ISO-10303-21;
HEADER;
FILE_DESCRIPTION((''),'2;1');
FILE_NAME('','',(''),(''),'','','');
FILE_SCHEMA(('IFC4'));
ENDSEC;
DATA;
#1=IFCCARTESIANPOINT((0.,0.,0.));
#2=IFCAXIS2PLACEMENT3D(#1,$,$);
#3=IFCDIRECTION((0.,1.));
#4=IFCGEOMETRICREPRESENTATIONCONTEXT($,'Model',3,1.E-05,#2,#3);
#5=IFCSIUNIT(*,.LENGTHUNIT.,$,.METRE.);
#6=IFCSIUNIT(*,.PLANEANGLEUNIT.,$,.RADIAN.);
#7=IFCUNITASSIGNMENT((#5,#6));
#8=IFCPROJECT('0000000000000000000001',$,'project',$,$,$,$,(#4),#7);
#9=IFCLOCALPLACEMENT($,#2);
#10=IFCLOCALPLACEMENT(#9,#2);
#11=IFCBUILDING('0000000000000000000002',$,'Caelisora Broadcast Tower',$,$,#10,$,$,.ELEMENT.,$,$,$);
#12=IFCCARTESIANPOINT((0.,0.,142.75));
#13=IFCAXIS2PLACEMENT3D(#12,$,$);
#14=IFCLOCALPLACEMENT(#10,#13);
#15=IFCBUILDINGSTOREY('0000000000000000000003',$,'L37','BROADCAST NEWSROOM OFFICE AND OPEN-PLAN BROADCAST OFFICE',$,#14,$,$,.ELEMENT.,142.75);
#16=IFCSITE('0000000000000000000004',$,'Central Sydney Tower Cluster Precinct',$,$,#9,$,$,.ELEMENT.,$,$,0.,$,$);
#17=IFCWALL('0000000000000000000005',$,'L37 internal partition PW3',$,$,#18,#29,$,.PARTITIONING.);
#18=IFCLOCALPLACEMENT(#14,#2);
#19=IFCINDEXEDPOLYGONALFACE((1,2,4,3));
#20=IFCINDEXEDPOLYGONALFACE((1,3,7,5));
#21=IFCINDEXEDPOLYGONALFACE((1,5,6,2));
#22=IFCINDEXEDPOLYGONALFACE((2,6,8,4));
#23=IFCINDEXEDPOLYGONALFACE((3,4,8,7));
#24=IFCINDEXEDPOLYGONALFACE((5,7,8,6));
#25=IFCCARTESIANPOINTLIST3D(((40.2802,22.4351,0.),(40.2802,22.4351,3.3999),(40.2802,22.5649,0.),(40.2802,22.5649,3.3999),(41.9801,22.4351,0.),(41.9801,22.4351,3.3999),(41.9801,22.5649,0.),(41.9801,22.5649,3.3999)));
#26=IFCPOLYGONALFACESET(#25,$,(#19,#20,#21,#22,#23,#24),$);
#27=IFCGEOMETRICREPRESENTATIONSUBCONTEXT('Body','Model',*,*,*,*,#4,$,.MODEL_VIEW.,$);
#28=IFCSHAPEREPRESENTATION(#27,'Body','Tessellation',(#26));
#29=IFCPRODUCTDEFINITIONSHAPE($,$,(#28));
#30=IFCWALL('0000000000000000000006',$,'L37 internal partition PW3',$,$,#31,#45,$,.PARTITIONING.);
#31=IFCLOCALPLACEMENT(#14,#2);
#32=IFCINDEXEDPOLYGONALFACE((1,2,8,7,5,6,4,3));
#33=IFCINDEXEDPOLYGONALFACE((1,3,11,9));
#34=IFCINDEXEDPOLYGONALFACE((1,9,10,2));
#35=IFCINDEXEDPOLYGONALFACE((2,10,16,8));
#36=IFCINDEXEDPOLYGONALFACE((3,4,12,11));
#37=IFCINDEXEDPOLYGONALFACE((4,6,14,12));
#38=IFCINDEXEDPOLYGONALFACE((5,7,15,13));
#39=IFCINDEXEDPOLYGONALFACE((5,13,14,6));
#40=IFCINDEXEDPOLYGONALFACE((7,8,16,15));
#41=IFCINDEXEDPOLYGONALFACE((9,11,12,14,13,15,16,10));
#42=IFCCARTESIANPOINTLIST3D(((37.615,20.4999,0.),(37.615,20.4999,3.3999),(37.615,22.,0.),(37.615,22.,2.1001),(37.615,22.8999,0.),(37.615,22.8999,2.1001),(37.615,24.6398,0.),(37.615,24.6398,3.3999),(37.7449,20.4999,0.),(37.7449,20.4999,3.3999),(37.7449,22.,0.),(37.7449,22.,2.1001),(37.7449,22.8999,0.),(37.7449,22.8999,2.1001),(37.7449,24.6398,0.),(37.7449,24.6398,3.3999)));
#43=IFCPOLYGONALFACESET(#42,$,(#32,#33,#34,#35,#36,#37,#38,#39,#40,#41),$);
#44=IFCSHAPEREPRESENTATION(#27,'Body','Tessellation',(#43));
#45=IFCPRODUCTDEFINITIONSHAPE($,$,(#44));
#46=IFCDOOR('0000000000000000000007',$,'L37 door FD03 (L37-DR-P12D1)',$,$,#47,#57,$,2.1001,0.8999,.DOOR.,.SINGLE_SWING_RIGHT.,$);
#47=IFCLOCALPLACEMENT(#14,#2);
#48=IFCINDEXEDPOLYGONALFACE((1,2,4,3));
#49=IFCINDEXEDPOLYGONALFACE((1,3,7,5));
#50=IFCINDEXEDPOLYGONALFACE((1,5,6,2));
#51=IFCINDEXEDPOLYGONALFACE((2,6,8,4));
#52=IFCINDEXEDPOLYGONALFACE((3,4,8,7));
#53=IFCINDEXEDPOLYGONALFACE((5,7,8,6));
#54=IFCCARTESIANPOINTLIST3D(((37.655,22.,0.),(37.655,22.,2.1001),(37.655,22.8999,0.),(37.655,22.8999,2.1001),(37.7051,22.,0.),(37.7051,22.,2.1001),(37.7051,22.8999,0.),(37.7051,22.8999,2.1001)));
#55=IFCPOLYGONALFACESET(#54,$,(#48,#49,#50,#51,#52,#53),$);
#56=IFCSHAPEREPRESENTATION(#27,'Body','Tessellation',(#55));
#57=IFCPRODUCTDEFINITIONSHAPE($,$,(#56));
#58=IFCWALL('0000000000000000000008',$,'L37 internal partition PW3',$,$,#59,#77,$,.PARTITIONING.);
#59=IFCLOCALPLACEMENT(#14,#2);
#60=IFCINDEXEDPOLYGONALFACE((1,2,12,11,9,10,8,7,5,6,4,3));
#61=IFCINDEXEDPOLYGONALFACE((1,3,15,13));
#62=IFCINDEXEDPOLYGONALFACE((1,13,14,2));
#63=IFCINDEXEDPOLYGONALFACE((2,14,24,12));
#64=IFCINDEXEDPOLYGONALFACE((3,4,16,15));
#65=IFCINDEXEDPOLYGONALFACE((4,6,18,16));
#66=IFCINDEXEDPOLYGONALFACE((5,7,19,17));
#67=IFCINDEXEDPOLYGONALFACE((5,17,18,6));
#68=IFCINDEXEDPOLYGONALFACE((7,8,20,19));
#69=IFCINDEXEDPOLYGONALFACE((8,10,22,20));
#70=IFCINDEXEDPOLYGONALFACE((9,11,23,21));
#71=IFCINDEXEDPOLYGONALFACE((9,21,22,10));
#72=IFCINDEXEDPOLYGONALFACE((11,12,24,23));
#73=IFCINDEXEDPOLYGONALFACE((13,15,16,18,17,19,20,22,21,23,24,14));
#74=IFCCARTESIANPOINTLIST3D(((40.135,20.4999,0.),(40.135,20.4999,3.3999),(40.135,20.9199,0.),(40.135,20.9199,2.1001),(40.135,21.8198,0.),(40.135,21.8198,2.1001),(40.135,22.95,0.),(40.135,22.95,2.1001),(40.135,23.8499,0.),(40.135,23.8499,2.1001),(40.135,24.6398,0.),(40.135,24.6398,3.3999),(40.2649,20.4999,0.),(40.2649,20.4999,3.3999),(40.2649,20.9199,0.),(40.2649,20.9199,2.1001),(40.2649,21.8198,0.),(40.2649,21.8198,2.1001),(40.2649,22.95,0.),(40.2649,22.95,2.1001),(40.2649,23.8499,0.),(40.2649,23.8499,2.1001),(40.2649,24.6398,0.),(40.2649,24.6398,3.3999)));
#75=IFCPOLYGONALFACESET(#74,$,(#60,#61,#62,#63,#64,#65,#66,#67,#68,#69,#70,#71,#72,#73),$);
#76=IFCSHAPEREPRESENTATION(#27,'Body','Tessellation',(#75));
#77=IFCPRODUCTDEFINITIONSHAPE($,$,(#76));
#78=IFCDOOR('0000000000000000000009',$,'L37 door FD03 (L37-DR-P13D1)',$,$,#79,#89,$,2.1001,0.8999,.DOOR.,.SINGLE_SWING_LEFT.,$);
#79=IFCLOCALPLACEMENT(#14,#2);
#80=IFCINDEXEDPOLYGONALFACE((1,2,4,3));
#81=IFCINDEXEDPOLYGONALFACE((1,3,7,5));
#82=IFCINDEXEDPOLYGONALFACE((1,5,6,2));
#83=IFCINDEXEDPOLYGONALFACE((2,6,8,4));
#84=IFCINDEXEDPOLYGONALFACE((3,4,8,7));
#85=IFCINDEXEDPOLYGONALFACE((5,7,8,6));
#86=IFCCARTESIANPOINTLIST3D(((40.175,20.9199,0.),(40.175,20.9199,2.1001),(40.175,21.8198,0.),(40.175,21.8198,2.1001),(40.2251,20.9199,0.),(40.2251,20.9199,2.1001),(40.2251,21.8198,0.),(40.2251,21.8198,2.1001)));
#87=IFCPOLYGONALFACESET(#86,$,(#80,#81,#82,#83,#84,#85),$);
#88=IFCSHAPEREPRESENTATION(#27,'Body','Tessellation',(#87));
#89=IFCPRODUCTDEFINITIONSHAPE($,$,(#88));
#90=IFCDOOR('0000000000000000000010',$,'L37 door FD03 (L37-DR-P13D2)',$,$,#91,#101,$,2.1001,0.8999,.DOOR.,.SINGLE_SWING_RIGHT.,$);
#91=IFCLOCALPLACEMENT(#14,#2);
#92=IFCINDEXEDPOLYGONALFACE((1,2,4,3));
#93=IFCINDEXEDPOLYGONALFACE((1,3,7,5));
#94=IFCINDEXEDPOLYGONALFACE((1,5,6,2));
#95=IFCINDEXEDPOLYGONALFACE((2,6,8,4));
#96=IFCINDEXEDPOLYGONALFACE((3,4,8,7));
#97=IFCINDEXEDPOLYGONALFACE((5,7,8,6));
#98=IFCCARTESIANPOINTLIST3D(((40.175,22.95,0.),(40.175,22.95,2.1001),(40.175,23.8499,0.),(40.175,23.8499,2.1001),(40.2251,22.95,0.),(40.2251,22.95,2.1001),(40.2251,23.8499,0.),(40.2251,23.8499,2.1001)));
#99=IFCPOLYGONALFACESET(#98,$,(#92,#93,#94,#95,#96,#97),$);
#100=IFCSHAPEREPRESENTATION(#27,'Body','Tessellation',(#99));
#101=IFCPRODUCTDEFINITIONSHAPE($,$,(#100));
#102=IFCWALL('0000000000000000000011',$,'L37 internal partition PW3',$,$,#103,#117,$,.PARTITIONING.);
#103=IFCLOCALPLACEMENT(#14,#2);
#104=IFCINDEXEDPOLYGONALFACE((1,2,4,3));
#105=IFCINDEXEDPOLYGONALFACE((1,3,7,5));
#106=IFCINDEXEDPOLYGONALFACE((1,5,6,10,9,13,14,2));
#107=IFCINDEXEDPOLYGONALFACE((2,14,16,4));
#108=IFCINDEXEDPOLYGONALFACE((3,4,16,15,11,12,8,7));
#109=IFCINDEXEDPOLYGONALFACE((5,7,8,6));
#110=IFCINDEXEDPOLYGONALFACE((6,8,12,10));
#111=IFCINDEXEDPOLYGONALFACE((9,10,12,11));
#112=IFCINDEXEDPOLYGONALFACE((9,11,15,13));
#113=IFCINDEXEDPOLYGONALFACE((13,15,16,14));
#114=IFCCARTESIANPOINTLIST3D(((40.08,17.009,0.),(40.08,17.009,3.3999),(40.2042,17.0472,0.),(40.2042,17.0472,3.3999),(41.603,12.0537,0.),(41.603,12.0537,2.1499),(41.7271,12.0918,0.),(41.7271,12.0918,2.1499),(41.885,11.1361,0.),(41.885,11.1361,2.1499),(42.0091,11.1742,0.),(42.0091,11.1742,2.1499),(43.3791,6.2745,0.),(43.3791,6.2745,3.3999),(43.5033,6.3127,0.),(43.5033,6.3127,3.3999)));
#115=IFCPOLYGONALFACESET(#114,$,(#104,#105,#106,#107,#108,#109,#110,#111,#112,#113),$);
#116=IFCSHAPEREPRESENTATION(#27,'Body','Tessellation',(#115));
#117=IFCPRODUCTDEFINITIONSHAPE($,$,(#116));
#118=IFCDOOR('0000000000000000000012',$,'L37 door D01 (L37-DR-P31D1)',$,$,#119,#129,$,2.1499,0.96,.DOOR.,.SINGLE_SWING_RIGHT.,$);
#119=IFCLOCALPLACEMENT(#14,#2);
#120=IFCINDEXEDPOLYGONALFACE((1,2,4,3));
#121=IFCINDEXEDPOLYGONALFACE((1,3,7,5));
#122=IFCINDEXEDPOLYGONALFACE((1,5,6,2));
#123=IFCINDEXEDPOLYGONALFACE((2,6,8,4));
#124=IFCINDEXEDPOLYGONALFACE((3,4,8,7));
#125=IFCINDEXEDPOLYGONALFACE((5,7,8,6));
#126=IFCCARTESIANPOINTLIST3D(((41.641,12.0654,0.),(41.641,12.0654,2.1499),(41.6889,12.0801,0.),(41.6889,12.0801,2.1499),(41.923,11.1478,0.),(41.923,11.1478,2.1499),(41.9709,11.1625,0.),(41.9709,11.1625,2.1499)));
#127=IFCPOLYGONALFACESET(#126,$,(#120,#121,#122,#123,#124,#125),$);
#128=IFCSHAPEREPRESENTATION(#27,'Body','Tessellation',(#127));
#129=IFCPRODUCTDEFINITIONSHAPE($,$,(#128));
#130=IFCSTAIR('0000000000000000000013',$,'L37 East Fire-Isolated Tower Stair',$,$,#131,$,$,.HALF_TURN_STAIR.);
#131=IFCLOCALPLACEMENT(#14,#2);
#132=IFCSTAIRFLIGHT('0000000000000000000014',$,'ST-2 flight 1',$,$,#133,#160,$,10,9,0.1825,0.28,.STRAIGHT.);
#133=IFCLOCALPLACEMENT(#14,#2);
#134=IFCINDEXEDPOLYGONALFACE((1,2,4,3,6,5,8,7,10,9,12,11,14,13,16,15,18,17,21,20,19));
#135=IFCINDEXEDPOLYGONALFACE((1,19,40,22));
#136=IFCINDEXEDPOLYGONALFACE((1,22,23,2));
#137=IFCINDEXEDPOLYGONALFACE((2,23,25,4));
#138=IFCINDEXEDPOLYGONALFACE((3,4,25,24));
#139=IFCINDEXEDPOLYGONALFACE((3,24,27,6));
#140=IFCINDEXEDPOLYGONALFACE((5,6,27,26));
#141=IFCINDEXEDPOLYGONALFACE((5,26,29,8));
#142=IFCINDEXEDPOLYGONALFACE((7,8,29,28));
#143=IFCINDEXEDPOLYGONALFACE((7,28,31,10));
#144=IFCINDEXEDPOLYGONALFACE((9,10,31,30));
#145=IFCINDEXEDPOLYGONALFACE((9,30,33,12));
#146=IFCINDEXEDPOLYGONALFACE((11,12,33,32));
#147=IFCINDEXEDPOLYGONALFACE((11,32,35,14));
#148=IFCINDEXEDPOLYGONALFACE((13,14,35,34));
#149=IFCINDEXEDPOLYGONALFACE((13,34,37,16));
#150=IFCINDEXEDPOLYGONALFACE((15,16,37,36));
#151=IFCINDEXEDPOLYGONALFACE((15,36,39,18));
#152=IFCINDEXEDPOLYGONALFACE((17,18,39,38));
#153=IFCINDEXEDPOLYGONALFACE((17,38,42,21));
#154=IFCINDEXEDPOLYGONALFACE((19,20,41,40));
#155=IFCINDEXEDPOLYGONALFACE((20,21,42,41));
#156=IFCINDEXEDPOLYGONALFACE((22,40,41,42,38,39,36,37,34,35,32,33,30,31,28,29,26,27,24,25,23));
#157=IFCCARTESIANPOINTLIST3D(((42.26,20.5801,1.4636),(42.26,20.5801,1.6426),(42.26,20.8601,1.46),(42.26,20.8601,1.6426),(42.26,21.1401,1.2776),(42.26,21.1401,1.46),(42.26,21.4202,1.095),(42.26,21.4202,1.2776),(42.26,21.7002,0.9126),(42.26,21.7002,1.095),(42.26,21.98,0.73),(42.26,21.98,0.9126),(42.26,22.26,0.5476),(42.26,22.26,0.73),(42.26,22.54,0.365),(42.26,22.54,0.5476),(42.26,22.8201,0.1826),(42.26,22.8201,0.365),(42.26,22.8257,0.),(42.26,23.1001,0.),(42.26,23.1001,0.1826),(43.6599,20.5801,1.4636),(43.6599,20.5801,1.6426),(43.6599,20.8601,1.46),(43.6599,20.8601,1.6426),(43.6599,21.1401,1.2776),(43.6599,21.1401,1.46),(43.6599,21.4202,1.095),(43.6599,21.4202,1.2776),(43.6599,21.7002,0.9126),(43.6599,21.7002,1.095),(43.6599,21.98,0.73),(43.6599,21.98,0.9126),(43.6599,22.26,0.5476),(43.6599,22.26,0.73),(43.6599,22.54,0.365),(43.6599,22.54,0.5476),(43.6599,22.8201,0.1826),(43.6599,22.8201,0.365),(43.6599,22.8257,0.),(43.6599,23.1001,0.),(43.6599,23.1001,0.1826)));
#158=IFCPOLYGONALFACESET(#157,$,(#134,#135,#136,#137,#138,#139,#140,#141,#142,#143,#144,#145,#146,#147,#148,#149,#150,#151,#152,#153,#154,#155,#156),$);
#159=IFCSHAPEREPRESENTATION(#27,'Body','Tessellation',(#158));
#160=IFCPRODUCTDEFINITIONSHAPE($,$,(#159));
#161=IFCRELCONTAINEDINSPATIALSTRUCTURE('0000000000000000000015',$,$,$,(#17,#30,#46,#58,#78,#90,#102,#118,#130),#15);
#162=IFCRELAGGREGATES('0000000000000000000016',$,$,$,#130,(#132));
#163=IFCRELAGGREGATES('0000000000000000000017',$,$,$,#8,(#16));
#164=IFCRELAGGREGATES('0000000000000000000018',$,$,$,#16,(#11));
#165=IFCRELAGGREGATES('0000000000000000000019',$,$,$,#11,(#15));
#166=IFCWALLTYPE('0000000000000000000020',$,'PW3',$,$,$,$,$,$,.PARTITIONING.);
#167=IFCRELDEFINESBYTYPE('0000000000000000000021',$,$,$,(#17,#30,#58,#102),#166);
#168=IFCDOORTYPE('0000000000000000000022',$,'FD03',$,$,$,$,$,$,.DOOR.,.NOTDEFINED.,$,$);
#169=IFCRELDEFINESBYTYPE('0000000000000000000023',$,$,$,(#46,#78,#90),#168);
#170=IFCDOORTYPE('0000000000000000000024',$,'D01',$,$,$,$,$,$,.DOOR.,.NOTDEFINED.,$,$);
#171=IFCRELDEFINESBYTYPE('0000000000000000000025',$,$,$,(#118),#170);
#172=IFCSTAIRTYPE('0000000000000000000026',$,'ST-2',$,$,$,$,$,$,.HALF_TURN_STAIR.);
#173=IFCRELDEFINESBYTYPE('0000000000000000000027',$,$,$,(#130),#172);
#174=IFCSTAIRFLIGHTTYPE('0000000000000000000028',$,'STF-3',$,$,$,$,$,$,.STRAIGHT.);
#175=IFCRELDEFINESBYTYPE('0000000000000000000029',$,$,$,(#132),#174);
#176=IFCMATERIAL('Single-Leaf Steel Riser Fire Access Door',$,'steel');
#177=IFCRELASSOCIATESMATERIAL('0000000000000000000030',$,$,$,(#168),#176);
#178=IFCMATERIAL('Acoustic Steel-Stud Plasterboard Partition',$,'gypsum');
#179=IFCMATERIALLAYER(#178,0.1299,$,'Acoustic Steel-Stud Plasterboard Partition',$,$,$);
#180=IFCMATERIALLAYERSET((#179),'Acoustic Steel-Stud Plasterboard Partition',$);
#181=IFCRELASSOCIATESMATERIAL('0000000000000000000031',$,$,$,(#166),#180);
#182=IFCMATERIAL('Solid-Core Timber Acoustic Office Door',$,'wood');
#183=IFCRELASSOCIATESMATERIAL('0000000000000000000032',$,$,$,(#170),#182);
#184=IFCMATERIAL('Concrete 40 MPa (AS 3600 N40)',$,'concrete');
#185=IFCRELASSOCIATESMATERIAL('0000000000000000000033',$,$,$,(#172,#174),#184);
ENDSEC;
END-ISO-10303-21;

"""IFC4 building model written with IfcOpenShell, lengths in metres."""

from ifc_helpers import new_model, si_unit, direction, frame, frame_2d, origin, place, context, subcontext, project, spatial, polyline, rectangle, outline, extrude, material, layer, layer_set, type_object, element, fill, aggregate, save


model = new_model("IFC4")

# Units and contexts
model_context = context("Model", 3, precision=1e-05, world=origin(), true_north=direction((0.0, 1.0)))
body_context = subcontext(model_context, "Body", "Model", "MODEL_VIEW")
ifc_project = project(units=[si_unit("LENGTHUNIT", "METRE"), si_unit("PLANEANGLEUNIT", "RADIAN")], contexts=[model_context])

# Site, building, storey
site_placement = place(None, origin())
site = spatial("IfcSite", under=ifc_project, at=site_placement, Name="Central Sydney Tower Cluster Precinct", CompositionType="ELEMENT", RefElevation=0.0)
building_placement = place(site_placement, origin())
building = spatial("IfcBuilding", under=site, at=building_placement, Name="Caelisora Broadcast Tower", CompositionType="ELEMENT")
storey_placement = place(building_placement, frame((0.0, 0.0, 142.75)))
storey = spatial("IfcBuildingStorey", under=building, at=storey_placement, Name="L37", Description="BROADCAST NEWSROOM OFFICE AND OPEN-PLAN BROADCAST OFFICE", CompositionType="ELEMENT", Elevation=142.75)

# Shared definitions
ifc_material_1 = material(Name="Single-Leaf Steel Riser Fire Access Door", Category="steel")
door_type_1 = type_object("IfcDoorType", Name="FD03", OperationType="NOTDEFINED", PredefinedType="DOOR", material=ifc_material_1)

# Wall
ifc_material_2 = material(Name="Acoustic Steel-Stud Plasterboard Partition", Category="gypsum")
ifc_layer_1 = layer(ifc_material_2, 0.1299, Name="Acoustic Steel-Stud Plasterboard Partition")
ifc_layer_set_1 = layer_set([ifc_layer_1], Name="Acoustic Steel-Stud Plasterboard Partition")
wall_type_1 = type_object("IfcWallType", Name="PW3", PredefinedType="PARTITIONING", material=ifc_layer_set_1)
wall_1_placement = place(storey_placement, frame((40.28, 22.5, 0.0), z_axis=(0.0, 0.0, 1.0), x_axis=(1.0, 0.0, 0.0)))
element("IfcWall", 1, at=wall_1_placement, inside=storey, type_object=wall_type_1, Name="L37 internal partition PW3", PredefinedType="PARTITIONING", context=body_context, shape_type="SweptSolid", body=[
    extrude(rectangle(XDim=1.7, YDim=0.1299, at=frame_2d((0.8501, 0.0))), origin(), (0.0, 0.0, 1.0), 3.3999),
])

# Wall, opening, door
wall_2_placement = place(storey_placement, frame((37.6799, 20.5, 0.0), z_axis=(0.0, 0.0, 1.0), x_axis=(0.0, 1.0, 0.0)))
wall_2 = element("IfcWall", 2, at=wall_2_placement, inside=storey, type_object=wall_type_1, Name="L37 internal partition PW3", PredefinedType="PARTITIONING", context=body_context, shape_type="SweptSolid", body=[
    extrude(rectangle(XDim=4.1399, YDim=0.1299, at=frame_2d((2.0698, 0.0))), origin(), (0.0, 0.0, 1.0), 3.3999),
])
opening_1_placement = place(wall_2_placement, frame((1.5, 0.0, 0.0)))
opening_1 = element("IfcOpeningElement", 3, at=opening_1_placement, cuts=wall_2, PredefinedType="OPENING", context=body_context, shape_type="SweptSolid", body=[
    extrude(rectangle(XDim=0.8999, YDim=2.1001, at=frame_2d((0.45, 1.05))), frame((0.0, 0.0769, 0.0), z_axis=(0.0, -1.0, 0.0), x_axis=(1.0, 0.0, 0.0)), (0.0, 0.0, 1.0), 0.1538),
])
door_1_placement = place(opening_1_placement, origin())
door_1 = element("IfcDoor", 4, at=door_1_placement, inside=storey, type_object=door_type_1, Name="L37 door FD03 (L37-DR-P12D1)", OperationType="SINGLE_SWING_RIGHT", OverallHeight=2.1001, OverallWidth=0.8999, PredefinedType="DOOR", context=body_context, shape_type="SweptSolid", body=[
    extrude(rectangle(XDim=0.8999, YDim=2.1001, at=frame_2d((0.45, 1.05))), frame((0.0, 0.0249, 0.0), z_axis=(0.0, -1.0, 0.0), x_axis=(1.0, 0.0, 0.0)), (0.0, 0.0, 1.0), 0.05),
])
fill(opening_1, door_1)

# Wall, openings, doors
wall_3_placement = place(storey_placement, frame((40.2, 20.5, 0.0), z_axis=(0.0, 0.0, 1.0), x_axis=(0.0, 1.0, 0.0)))
wall_3 = element("IfcWall", 5, at=wall_3_placement, inside=storey, type_object=wall_type_1, Name="L37 internal partition PW3", PredefinedType="PARTITIONING", context=body_context, shape_type="SweptSolid", body=[
    extrude(rectangle(XDim=4.1399, YDim=0.1299, at=frame_2d((2.0698, 0.0))), origin(), (0.0, 0.0, 1.0), 3.3999),
])
opening_2_placement = place(wall_3_placement, frame((0.4199, 0.0, 0.0)))
opening_2 = element("IfcOpeningElement", 6, at=opening_2_placement, cuts=wall_3, PredefinedType="OPENING", context=body_context, shape_type="SweptSolid", body=[
    extrude(rectangle(XDim=0.8999, YDim=2.1001, at=frame_2d((0.45, 1.05))), frame((0.0, 0.0769, 0.0), z_axis=(0.0, -1.0, 0.0), x_axis=(1.0, 0.0, 0.0)), (0.0, 0.0, 1.0), 0.1538),
])
opening_3_placement = place(wall_3_placement, frame((2.45, 0.0, 0.0)))
opening_3 = element("IfcOpeningElement", 7, at=opening_3_placement, cuts=wall_3, PredefinedType="OPENING", context=body_context, shape_type="SweptSolid", body=[
    extrude(rectangle(XDim=0.8999, YDim=2.1001, at=frame_2d((0.45, 1.05))), frame((0.0, 0.0769, 0.0), z_axis=(0.0, -1.0, 0.0), x_axis=(1.0, 0.0, 0.0)), (0.0, 0.0, 1.0), 0.1538),
])
door_2_placement = place(opening_2_placement, origin())
door_2 = element("IfcDoor", 8, at=door_2_placement, inside=storey, type_object=door_type_1, Name="L37 door FD03 (L37-DR-P13D1)", OperationType="SINGLE_SWING_LEFT", OverallHeight=2.1001, OverallWidth=0.8999, PredefinedType="DOOR", context=body_context, shape_type="SweptSolid", body=[
    extrude(rectangle(XDim=0.8999, YDim=2.1001, at=frame_2d((0.45, 1.05))), frame((0.0, 0.0249, 0.0), z_axis=(0.0, -1.0, 0.0), x_axis=(1.0, 0.0, 0.0)), (0.0, 0.0, 1.0), 0.05),
])
fill(opening_2, door_2)
door_3_placement = place(opening_3_placement, origin())
door_3 = element("IfcDoor", 9, at=door_3_placement, inside=storey, type_object=door_type_1, Name="L37 door FD03 (L37-DR-P13D2)", OperationType="SINGLE_SWING_RIGHT", OverallHeight=2.1001, OverallWidth=0.8999, PredefinedType="DOOR", context=body_context, shape_type="SweptSolid", body=[
    extrude(rectangle(XDim=0.8999, YDim=2.1001, at=frame_2d((0.45, 1.05))), frame((0.0, 0.0249, 0.0), z_axis=(0.0, -1.0, 0.0), x_axis=(1.0, 0.0, 0.0)), (0.0, 0.0, 1.0), 0.05),
])
fill(opening_3, door_3)

# Wall, opening, door
wall_4_placement = place(storey_placement, frame((40.1421, 17.0281, 0.0), z_axis=(0.0, 0.0, 1.0), x_axis=(0.293776, -0.955874, 0.0)))
wall_4 = element("IfcWall", 10, at=wall_4_placement, inside=storey, type_object=wall_type_1, Name="L37 internal partition PW3", PredefinedType="PARTITIONING", context=body_context, shape_type="SweptSolid", body=[
    extrude(rectangle(XDim=11.23, YDim=0.1299, at=frame_2d((5.615, 0.0))), origin(), (0.0, 0.0, 1.0), 3.3999),
])
opening_4_placement = place(wall_4_placement, frame((5.1841, 0.0, 0.0)))
opening_4 = element("IfcOpeningElement", 11, at=opening_4_placement, cuts=wall_4, PredefinedType="OPENING", context=body_context, shape_type="SweptSolid", body=[
    extrude(rectangle(XDim=0.96, YDim=2.1499, at=frame_2d((0.48, 1.075))), frame((0.0, 0.0769, 0.0), z_axis=(0.0, -1.0, 0.0), x_axis=(1.0, 0.0, 0.0)), (0.0, 0.0, 1.0), 0.1538),
])
ifc_material_3 = material(Name="Solid-Core Timber Acoustic Office Door", Category="wood")
door_type_2 = type_object("IfcDoorType", Name="D01", OperationType="NOTDEFINED", PredefinedType="DOOR", material=ifc_material_3)
door_4_placement = place(opening_4_placement, origin())
door_4 = element("IfcDoor", 12, at=door_4_placement, inside=storey, type_object=door_type_2, Name="L37 door D01 (L37-DR-P31D1)", OperationType="SINGLE_SWING_RIGHT", OverallHeight=2.1499, OverallWidth=0.96, PredefinedType="DOOR", context=body_context, shape_type="SweptSolid", body=[
    extrude(rectangle(XDim=0.96, YDim=2.1499, at=frame_2d((0.48, 1.075))), frame((0.0, 0.0249, 0.0), z_axis=(0.0, -1.0, 0.0), x_axis=(1.0, 0.0, 0.0)), (0.0, 0.0, 1.0), 0.05),
])
fill(opening_4, door_4)

# Stair, stair flight
ifc_material_4 = material(Name="Concrete 40 MPa (AS 3600 N40)", Category="concrete")
stair_type = type_object("IfcStairType", Name="ST-2", PredefinedType="HALF_TURN_STAIR", material=ifc_material_4)
stair_placement = place(storey_placement, origin())
stair = element("IfcStair", 13, at=stair_placement, inside=storey, type_object=stair_type, Name="L37 East Fire-Isolated Tower Stair", PredefinedType="HALF_TURN_STAIR")
stair_flight_type = type_object("IfcStairFlightType", Name="STF-3", PredefinedType="STRAIGHT", material=ifc_material_4)
stair_flight_1_placement = place(storey_placement, frame((42.96, 23.1001, 0.0), z_axis=(0.0, 0.0, 1.0), x_axis=(0.0, -1.0, 0.0)))
stair_flight_1 = element("IfcStairFlight", 14, at=stair_flight_1_placement, type_object=stair_flight_type, Name="ST-2 flight 1", NumberOfRisers=10, NumberOfTreads=9, PredefinedType="STRAIGHT", RiserHeight=0.1825, TreadLength=0.28, context=body_context, shape_type="SweptSolid", body=[
    extrude(outline(polyline([(0.0, 0.0), (0.0, 0.1826), (0.28, 0.1826), (0.28, 0.365), (0.5601, 0.365), (0.5601, 0.5476), (0.8401, 0.5476), (0.8401, 0.73), (1.1201, 0.73), (1.1201, 0.9126), (1.3999, 0.9126), (1.3999, 1.095), (1.6799, 1.095), (1.6799, 1.2776), (1.96, 1.2776), (1.96, 1.46), (2.24, 1.46), (2.24, 1.6426), (2.52, 1.6426), (2.52, 1.825), (2.52, 1.4636), (0.2744, 0.0), (0.0, 0.0)])), frame((0.0, 0.7, 0.0), z_axis=(0.0, -1.0, 0.0), x_axis=(1.0, 0.0, 0.0)), (0.0, 0.0, 1.0), 1.3999),
])
aggregate(stair, [stair_flight_1])

save(model, "model.ifc")
